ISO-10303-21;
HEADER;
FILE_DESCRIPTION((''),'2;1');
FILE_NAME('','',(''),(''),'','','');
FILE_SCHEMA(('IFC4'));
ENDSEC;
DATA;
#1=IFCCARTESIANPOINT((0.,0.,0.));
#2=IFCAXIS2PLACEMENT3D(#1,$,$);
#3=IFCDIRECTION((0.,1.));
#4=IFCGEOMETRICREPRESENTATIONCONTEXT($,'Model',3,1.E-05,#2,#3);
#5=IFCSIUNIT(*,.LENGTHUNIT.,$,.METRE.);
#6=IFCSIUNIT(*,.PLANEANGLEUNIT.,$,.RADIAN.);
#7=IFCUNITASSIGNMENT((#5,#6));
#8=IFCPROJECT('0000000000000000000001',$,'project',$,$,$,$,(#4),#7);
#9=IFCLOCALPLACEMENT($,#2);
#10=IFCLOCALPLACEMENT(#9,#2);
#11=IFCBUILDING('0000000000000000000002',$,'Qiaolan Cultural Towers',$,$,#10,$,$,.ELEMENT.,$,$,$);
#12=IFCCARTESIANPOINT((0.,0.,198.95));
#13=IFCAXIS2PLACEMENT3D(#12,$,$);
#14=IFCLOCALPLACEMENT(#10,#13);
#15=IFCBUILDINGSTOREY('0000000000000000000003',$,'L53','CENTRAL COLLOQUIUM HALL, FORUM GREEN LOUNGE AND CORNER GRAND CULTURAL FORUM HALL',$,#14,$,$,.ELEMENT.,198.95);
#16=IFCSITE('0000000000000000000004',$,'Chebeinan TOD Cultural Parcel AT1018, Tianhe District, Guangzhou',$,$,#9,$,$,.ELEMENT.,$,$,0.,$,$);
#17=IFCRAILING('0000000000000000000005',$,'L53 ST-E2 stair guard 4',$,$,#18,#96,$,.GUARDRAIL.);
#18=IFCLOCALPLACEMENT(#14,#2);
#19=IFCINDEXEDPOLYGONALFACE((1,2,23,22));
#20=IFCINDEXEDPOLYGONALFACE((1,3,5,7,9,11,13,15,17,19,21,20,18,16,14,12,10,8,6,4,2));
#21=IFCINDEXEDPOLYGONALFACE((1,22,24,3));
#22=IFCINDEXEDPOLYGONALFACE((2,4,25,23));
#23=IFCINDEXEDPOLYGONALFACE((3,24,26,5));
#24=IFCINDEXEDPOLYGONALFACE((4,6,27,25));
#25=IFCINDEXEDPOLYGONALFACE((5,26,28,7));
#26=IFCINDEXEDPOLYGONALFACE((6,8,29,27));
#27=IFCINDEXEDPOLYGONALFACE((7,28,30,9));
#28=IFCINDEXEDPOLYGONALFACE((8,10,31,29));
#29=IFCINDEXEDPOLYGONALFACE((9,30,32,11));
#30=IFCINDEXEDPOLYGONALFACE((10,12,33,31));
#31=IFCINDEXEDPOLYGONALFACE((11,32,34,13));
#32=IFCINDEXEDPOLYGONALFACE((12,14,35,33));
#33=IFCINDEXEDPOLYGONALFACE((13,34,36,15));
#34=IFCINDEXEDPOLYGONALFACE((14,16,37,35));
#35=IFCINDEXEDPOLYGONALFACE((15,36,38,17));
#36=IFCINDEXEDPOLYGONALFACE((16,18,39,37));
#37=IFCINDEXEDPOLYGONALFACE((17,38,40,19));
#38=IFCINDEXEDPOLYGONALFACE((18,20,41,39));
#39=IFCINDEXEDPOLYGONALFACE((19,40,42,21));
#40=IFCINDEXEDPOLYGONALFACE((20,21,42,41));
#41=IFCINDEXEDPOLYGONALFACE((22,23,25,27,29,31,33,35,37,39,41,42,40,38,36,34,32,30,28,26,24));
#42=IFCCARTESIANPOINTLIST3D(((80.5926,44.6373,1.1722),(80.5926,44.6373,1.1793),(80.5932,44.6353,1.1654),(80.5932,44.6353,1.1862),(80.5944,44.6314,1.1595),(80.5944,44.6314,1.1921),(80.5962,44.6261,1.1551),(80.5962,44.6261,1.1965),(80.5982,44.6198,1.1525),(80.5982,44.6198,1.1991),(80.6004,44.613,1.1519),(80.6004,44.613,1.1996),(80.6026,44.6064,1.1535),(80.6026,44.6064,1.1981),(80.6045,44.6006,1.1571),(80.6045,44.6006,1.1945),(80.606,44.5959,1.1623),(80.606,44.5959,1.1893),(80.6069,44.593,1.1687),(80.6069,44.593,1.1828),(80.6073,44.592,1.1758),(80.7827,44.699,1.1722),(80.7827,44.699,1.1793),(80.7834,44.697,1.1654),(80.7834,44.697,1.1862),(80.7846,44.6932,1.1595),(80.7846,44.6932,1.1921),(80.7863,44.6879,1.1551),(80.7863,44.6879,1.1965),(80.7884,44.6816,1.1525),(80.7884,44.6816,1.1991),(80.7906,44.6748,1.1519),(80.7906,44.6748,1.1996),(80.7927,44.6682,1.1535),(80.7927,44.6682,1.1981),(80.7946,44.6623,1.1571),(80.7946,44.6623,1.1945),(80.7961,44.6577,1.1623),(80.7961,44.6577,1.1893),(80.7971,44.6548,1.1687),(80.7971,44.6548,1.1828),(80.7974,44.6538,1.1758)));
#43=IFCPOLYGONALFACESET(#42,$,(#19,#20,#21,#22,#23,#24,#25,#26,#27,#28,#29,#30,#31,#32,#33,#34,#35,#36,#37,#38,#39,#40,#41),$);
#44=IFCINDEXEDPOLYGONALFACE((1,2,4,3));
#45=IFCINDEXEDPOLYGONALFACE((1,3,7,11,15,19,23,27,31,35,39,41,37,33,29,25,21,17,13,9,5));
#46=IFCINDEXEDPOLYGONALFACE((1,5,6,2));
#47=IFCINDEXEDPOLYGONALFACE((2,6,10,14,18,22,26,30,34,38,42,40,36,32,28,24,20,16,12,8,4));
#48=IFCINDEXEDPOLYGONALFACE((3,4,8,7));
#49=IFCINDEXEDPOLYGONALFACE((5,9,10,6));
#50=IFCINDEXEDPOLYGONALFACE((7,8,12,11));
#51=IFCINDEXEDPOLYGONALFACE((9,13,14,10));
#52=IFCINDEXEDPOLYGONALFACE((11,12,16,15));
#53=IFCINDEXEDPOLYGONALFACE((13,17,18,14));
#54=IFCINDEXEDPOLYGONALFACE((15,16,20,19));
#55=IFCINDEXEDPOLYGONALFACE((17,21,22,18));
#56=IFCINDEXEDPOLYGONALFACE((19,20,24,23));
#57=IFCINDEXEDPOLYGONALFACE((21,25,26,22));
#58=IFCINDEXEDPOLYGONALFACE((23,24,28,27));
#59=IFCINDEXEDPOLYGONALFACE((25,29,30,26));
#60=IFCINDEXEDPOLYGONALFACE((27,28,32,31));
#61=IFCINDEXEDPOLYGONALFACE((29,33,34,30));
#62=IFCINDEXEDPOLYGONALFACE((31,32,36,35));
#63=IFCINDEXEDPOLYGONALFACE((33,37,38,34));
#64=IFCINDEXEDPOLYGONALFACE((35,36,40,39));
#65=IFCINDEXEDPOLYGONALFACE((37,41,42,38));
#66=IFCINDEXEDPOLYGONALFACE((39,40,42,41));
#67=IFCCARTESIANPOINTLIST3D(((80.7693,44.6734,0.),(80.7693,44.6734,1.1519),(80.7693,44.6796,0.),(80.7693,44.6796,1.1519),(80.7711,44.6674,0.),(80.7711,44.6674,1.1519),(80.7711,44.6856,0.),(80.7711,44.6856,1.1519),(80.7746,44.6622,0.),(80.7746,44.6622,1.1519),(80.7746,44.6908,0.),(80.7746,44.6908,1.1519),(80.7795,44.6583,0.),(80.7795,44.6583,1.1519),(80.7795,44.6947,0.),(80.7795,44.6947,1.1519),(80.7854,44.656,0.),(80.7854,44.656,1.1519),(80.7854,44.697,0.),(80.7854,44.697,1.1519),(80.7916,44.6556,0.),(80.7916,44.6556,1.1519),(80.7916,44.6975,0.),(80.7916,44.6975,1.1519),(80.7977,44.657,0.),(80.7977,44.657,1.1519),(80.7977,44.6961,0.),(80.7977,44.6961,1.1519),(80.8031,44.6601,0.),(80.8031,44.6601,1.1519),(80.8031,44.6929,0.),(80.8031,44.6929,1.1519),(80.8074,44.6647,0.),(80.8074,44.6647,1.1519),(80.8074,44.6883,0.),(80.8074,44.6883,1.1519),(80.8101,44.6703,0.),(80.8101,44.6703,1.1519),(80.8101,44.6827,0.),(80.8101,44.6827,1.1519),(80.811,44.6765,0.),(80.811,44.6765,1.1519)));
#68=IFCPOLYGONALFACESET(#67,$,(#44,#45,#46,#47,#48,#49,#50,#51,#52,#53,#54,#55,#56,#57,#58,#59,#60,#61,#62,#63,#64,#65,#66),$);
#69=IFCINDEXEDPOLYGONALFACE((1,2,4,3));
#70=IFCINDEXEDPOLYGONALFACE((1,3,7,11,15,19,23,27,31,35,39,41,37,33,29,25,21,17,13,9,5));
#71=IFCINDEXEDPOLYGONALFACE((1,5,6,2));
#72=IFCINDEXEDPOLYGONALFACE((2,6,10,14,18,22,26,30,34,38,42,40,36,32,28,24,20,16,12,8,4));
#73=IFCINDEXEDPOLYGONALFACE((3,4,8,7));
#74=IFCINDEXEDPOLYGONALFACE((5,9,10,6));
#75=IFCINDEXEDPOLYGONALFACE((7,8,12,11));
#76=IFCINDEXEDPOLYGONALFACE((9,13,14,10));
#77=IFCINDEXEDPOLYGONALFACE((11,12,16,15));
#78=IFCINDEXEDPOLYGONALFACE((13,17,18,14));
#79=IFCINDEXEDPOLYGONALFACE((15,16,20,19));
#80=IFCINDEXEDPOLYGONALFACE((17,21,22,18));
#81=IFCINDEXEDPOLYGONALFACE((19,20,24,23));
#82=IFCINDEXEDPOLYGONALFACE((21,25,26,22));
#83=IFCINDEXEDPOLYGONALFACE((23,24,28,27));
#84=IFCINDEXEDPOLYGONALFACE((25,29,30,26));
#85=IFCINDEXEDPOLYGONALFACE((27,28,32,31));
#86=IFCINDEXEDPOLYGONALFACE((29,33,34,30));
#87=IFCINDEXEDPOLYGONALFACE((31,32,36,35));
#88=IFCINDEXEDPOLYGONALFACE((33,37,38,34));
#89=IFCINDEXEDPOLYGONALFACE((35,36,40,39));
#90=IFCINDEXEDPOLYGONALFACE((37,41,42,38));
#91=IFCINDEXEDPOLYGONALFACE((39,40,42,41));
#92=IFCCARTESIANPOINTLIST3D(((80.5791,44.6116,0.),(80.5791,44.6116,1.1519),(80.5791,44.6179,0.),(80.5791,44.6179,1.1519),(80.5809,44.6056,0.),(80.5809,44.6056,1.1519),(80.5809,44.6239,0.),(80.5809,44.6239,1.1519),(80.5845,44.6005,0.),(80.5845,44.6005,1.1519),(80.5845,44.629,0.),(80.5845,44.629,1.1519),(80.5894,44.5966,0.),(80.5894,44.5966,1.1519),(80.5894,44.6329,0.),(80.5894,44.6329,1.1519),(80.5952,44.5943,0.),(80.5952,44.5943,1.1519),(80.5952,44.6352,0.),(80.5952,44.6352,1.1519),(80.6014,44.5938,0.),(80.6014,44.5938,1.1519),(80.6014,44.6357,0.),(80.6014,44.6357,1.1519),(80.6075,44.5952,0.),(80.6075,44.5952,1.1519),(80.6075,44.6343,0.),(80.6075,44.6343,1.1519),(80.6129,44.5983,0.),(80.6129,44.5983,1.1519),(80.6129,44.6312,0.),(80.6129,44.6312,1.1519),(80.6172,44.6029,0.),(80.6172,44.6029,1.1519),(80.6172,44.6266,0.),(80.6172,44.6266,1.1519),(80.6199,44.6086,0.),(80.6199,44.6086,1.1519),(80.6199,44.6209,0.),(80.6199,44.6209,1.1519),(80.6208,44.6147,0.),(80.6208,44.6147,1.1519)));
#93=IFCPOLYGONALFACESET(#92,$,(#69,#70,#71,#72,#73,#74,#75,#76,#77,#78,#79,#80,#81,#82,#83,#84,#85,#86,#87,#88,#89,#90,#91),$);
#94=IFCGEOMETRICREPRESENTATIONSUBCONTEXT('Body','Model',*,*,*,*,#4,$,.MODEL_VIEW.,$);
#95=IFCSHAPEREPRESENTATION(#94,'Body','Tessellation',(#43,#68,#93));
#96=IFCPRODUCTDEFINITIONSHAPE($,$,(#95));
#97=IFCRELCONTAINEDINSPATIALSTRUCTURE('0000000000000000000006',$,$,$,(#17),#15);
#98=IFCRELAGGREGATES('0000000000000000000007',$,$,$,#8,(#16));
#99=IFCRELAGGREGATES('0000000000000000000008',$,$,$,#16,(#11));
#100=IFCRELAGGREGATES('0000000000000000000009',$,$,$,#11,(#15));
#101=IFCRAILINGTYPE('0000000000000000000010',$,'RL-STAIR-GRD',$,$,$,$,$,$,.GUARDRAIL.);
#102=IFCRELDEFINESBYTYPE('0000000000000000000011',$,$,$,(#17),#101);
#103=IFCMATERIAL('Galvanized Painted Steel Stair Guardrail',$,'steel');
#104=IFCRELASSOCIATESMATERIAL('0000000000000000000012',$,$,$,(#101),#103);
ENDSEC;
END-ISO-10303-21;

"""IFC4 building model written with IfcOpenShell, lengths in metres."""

from ifc_helpers import new_model, si_unit, direction, frame, origin, origin_2d, place, context, subcontext, project, spatial, circle, extrude, material, type_object, element, save


model = new_model("IFC4")

# Units and contexts
model_context = context("Model", 3, precision=1e-05, world=origin(), true_north=direction((0.0, 1.0)))
body_context = subcontext(model_context, "Body", "Model", "MODEL_VIEW")
ifc_project = project(units=[si_unit("LENGTHUNIT", "METRE"), si_unit("PLANEANGLEUNIT", "RADIAN")], contexts=[model_context])

# Site, building, storey
site_placement = place(None, origin())
site = spatial("IfcSite", under=ifc_project, at=site_placement, Name="Chebeinan TOD Cultural Parcel AT1018, Tianhe District, Guangzhou", CompositionType="ELEMENT", RefElevation=0.0)
building_placement = place(site_placement, origin())
building = spatial("IfcBuilding", under=site, at=building_placement, Name="Qiaolan Cultural Towers", CompositionType="ELEMENT")
storey_placement = place(building_placement, frame((0.0, 0.0, 198.95)))
storey = spatial("IfcBuildingStorey", under=building, at=storey_placement, Name="L53", Description="CENTRAL COLLOQUIUM HALL, FORUM GREEN LOUNGE AND CORNER GRAND CULTURAL FORUM HALL", CompositionType="ELEMENT", Elevation=198.95)

# Railing
ifc_material_1 = material(Name="Galvanized Painted Steel Stair Guardrail", Category="steel")
railing_type_1 = type_object("IfcRailingType", Name="RL-STAIR-GRD", PredefinedType="GUARDRAIL", material=ifc_material_1)
railing_1_placement = place(storey_placement, frame((80.79, 44.6765, 0.0)))
element("IfcRailing", 1, at=railing_1_placement, inside=storey, type_object=railing_type_1, Name="L53 ST-E2 stair guard 4", PredefinedType="GUARDRAIL", context=body_context, shape_type="SweptSolid", body=[
    extrude(circle(Radius=0.0239, at=origin_2d()), frame((0.0, 0.0, 1.1758), z_axis=(-0.951097, -0.308893, 0.0), x_axis=(0.308893, -0.951097, 0.0)), (0.0, 0.0, 1.0), 0.2),
    extrude(circle(Radius=0.021, at=origin_2d()), origin(), (0.0, 0.0, 1.0), 1.1519),
    extrude(circle(Radius=0.021, at=origin_2d()), frame((-0.1902, -0.0618, 0.0)), (0.0, 0.0, 1.0), 1.1519),
])

save(model, "model.ifc")
